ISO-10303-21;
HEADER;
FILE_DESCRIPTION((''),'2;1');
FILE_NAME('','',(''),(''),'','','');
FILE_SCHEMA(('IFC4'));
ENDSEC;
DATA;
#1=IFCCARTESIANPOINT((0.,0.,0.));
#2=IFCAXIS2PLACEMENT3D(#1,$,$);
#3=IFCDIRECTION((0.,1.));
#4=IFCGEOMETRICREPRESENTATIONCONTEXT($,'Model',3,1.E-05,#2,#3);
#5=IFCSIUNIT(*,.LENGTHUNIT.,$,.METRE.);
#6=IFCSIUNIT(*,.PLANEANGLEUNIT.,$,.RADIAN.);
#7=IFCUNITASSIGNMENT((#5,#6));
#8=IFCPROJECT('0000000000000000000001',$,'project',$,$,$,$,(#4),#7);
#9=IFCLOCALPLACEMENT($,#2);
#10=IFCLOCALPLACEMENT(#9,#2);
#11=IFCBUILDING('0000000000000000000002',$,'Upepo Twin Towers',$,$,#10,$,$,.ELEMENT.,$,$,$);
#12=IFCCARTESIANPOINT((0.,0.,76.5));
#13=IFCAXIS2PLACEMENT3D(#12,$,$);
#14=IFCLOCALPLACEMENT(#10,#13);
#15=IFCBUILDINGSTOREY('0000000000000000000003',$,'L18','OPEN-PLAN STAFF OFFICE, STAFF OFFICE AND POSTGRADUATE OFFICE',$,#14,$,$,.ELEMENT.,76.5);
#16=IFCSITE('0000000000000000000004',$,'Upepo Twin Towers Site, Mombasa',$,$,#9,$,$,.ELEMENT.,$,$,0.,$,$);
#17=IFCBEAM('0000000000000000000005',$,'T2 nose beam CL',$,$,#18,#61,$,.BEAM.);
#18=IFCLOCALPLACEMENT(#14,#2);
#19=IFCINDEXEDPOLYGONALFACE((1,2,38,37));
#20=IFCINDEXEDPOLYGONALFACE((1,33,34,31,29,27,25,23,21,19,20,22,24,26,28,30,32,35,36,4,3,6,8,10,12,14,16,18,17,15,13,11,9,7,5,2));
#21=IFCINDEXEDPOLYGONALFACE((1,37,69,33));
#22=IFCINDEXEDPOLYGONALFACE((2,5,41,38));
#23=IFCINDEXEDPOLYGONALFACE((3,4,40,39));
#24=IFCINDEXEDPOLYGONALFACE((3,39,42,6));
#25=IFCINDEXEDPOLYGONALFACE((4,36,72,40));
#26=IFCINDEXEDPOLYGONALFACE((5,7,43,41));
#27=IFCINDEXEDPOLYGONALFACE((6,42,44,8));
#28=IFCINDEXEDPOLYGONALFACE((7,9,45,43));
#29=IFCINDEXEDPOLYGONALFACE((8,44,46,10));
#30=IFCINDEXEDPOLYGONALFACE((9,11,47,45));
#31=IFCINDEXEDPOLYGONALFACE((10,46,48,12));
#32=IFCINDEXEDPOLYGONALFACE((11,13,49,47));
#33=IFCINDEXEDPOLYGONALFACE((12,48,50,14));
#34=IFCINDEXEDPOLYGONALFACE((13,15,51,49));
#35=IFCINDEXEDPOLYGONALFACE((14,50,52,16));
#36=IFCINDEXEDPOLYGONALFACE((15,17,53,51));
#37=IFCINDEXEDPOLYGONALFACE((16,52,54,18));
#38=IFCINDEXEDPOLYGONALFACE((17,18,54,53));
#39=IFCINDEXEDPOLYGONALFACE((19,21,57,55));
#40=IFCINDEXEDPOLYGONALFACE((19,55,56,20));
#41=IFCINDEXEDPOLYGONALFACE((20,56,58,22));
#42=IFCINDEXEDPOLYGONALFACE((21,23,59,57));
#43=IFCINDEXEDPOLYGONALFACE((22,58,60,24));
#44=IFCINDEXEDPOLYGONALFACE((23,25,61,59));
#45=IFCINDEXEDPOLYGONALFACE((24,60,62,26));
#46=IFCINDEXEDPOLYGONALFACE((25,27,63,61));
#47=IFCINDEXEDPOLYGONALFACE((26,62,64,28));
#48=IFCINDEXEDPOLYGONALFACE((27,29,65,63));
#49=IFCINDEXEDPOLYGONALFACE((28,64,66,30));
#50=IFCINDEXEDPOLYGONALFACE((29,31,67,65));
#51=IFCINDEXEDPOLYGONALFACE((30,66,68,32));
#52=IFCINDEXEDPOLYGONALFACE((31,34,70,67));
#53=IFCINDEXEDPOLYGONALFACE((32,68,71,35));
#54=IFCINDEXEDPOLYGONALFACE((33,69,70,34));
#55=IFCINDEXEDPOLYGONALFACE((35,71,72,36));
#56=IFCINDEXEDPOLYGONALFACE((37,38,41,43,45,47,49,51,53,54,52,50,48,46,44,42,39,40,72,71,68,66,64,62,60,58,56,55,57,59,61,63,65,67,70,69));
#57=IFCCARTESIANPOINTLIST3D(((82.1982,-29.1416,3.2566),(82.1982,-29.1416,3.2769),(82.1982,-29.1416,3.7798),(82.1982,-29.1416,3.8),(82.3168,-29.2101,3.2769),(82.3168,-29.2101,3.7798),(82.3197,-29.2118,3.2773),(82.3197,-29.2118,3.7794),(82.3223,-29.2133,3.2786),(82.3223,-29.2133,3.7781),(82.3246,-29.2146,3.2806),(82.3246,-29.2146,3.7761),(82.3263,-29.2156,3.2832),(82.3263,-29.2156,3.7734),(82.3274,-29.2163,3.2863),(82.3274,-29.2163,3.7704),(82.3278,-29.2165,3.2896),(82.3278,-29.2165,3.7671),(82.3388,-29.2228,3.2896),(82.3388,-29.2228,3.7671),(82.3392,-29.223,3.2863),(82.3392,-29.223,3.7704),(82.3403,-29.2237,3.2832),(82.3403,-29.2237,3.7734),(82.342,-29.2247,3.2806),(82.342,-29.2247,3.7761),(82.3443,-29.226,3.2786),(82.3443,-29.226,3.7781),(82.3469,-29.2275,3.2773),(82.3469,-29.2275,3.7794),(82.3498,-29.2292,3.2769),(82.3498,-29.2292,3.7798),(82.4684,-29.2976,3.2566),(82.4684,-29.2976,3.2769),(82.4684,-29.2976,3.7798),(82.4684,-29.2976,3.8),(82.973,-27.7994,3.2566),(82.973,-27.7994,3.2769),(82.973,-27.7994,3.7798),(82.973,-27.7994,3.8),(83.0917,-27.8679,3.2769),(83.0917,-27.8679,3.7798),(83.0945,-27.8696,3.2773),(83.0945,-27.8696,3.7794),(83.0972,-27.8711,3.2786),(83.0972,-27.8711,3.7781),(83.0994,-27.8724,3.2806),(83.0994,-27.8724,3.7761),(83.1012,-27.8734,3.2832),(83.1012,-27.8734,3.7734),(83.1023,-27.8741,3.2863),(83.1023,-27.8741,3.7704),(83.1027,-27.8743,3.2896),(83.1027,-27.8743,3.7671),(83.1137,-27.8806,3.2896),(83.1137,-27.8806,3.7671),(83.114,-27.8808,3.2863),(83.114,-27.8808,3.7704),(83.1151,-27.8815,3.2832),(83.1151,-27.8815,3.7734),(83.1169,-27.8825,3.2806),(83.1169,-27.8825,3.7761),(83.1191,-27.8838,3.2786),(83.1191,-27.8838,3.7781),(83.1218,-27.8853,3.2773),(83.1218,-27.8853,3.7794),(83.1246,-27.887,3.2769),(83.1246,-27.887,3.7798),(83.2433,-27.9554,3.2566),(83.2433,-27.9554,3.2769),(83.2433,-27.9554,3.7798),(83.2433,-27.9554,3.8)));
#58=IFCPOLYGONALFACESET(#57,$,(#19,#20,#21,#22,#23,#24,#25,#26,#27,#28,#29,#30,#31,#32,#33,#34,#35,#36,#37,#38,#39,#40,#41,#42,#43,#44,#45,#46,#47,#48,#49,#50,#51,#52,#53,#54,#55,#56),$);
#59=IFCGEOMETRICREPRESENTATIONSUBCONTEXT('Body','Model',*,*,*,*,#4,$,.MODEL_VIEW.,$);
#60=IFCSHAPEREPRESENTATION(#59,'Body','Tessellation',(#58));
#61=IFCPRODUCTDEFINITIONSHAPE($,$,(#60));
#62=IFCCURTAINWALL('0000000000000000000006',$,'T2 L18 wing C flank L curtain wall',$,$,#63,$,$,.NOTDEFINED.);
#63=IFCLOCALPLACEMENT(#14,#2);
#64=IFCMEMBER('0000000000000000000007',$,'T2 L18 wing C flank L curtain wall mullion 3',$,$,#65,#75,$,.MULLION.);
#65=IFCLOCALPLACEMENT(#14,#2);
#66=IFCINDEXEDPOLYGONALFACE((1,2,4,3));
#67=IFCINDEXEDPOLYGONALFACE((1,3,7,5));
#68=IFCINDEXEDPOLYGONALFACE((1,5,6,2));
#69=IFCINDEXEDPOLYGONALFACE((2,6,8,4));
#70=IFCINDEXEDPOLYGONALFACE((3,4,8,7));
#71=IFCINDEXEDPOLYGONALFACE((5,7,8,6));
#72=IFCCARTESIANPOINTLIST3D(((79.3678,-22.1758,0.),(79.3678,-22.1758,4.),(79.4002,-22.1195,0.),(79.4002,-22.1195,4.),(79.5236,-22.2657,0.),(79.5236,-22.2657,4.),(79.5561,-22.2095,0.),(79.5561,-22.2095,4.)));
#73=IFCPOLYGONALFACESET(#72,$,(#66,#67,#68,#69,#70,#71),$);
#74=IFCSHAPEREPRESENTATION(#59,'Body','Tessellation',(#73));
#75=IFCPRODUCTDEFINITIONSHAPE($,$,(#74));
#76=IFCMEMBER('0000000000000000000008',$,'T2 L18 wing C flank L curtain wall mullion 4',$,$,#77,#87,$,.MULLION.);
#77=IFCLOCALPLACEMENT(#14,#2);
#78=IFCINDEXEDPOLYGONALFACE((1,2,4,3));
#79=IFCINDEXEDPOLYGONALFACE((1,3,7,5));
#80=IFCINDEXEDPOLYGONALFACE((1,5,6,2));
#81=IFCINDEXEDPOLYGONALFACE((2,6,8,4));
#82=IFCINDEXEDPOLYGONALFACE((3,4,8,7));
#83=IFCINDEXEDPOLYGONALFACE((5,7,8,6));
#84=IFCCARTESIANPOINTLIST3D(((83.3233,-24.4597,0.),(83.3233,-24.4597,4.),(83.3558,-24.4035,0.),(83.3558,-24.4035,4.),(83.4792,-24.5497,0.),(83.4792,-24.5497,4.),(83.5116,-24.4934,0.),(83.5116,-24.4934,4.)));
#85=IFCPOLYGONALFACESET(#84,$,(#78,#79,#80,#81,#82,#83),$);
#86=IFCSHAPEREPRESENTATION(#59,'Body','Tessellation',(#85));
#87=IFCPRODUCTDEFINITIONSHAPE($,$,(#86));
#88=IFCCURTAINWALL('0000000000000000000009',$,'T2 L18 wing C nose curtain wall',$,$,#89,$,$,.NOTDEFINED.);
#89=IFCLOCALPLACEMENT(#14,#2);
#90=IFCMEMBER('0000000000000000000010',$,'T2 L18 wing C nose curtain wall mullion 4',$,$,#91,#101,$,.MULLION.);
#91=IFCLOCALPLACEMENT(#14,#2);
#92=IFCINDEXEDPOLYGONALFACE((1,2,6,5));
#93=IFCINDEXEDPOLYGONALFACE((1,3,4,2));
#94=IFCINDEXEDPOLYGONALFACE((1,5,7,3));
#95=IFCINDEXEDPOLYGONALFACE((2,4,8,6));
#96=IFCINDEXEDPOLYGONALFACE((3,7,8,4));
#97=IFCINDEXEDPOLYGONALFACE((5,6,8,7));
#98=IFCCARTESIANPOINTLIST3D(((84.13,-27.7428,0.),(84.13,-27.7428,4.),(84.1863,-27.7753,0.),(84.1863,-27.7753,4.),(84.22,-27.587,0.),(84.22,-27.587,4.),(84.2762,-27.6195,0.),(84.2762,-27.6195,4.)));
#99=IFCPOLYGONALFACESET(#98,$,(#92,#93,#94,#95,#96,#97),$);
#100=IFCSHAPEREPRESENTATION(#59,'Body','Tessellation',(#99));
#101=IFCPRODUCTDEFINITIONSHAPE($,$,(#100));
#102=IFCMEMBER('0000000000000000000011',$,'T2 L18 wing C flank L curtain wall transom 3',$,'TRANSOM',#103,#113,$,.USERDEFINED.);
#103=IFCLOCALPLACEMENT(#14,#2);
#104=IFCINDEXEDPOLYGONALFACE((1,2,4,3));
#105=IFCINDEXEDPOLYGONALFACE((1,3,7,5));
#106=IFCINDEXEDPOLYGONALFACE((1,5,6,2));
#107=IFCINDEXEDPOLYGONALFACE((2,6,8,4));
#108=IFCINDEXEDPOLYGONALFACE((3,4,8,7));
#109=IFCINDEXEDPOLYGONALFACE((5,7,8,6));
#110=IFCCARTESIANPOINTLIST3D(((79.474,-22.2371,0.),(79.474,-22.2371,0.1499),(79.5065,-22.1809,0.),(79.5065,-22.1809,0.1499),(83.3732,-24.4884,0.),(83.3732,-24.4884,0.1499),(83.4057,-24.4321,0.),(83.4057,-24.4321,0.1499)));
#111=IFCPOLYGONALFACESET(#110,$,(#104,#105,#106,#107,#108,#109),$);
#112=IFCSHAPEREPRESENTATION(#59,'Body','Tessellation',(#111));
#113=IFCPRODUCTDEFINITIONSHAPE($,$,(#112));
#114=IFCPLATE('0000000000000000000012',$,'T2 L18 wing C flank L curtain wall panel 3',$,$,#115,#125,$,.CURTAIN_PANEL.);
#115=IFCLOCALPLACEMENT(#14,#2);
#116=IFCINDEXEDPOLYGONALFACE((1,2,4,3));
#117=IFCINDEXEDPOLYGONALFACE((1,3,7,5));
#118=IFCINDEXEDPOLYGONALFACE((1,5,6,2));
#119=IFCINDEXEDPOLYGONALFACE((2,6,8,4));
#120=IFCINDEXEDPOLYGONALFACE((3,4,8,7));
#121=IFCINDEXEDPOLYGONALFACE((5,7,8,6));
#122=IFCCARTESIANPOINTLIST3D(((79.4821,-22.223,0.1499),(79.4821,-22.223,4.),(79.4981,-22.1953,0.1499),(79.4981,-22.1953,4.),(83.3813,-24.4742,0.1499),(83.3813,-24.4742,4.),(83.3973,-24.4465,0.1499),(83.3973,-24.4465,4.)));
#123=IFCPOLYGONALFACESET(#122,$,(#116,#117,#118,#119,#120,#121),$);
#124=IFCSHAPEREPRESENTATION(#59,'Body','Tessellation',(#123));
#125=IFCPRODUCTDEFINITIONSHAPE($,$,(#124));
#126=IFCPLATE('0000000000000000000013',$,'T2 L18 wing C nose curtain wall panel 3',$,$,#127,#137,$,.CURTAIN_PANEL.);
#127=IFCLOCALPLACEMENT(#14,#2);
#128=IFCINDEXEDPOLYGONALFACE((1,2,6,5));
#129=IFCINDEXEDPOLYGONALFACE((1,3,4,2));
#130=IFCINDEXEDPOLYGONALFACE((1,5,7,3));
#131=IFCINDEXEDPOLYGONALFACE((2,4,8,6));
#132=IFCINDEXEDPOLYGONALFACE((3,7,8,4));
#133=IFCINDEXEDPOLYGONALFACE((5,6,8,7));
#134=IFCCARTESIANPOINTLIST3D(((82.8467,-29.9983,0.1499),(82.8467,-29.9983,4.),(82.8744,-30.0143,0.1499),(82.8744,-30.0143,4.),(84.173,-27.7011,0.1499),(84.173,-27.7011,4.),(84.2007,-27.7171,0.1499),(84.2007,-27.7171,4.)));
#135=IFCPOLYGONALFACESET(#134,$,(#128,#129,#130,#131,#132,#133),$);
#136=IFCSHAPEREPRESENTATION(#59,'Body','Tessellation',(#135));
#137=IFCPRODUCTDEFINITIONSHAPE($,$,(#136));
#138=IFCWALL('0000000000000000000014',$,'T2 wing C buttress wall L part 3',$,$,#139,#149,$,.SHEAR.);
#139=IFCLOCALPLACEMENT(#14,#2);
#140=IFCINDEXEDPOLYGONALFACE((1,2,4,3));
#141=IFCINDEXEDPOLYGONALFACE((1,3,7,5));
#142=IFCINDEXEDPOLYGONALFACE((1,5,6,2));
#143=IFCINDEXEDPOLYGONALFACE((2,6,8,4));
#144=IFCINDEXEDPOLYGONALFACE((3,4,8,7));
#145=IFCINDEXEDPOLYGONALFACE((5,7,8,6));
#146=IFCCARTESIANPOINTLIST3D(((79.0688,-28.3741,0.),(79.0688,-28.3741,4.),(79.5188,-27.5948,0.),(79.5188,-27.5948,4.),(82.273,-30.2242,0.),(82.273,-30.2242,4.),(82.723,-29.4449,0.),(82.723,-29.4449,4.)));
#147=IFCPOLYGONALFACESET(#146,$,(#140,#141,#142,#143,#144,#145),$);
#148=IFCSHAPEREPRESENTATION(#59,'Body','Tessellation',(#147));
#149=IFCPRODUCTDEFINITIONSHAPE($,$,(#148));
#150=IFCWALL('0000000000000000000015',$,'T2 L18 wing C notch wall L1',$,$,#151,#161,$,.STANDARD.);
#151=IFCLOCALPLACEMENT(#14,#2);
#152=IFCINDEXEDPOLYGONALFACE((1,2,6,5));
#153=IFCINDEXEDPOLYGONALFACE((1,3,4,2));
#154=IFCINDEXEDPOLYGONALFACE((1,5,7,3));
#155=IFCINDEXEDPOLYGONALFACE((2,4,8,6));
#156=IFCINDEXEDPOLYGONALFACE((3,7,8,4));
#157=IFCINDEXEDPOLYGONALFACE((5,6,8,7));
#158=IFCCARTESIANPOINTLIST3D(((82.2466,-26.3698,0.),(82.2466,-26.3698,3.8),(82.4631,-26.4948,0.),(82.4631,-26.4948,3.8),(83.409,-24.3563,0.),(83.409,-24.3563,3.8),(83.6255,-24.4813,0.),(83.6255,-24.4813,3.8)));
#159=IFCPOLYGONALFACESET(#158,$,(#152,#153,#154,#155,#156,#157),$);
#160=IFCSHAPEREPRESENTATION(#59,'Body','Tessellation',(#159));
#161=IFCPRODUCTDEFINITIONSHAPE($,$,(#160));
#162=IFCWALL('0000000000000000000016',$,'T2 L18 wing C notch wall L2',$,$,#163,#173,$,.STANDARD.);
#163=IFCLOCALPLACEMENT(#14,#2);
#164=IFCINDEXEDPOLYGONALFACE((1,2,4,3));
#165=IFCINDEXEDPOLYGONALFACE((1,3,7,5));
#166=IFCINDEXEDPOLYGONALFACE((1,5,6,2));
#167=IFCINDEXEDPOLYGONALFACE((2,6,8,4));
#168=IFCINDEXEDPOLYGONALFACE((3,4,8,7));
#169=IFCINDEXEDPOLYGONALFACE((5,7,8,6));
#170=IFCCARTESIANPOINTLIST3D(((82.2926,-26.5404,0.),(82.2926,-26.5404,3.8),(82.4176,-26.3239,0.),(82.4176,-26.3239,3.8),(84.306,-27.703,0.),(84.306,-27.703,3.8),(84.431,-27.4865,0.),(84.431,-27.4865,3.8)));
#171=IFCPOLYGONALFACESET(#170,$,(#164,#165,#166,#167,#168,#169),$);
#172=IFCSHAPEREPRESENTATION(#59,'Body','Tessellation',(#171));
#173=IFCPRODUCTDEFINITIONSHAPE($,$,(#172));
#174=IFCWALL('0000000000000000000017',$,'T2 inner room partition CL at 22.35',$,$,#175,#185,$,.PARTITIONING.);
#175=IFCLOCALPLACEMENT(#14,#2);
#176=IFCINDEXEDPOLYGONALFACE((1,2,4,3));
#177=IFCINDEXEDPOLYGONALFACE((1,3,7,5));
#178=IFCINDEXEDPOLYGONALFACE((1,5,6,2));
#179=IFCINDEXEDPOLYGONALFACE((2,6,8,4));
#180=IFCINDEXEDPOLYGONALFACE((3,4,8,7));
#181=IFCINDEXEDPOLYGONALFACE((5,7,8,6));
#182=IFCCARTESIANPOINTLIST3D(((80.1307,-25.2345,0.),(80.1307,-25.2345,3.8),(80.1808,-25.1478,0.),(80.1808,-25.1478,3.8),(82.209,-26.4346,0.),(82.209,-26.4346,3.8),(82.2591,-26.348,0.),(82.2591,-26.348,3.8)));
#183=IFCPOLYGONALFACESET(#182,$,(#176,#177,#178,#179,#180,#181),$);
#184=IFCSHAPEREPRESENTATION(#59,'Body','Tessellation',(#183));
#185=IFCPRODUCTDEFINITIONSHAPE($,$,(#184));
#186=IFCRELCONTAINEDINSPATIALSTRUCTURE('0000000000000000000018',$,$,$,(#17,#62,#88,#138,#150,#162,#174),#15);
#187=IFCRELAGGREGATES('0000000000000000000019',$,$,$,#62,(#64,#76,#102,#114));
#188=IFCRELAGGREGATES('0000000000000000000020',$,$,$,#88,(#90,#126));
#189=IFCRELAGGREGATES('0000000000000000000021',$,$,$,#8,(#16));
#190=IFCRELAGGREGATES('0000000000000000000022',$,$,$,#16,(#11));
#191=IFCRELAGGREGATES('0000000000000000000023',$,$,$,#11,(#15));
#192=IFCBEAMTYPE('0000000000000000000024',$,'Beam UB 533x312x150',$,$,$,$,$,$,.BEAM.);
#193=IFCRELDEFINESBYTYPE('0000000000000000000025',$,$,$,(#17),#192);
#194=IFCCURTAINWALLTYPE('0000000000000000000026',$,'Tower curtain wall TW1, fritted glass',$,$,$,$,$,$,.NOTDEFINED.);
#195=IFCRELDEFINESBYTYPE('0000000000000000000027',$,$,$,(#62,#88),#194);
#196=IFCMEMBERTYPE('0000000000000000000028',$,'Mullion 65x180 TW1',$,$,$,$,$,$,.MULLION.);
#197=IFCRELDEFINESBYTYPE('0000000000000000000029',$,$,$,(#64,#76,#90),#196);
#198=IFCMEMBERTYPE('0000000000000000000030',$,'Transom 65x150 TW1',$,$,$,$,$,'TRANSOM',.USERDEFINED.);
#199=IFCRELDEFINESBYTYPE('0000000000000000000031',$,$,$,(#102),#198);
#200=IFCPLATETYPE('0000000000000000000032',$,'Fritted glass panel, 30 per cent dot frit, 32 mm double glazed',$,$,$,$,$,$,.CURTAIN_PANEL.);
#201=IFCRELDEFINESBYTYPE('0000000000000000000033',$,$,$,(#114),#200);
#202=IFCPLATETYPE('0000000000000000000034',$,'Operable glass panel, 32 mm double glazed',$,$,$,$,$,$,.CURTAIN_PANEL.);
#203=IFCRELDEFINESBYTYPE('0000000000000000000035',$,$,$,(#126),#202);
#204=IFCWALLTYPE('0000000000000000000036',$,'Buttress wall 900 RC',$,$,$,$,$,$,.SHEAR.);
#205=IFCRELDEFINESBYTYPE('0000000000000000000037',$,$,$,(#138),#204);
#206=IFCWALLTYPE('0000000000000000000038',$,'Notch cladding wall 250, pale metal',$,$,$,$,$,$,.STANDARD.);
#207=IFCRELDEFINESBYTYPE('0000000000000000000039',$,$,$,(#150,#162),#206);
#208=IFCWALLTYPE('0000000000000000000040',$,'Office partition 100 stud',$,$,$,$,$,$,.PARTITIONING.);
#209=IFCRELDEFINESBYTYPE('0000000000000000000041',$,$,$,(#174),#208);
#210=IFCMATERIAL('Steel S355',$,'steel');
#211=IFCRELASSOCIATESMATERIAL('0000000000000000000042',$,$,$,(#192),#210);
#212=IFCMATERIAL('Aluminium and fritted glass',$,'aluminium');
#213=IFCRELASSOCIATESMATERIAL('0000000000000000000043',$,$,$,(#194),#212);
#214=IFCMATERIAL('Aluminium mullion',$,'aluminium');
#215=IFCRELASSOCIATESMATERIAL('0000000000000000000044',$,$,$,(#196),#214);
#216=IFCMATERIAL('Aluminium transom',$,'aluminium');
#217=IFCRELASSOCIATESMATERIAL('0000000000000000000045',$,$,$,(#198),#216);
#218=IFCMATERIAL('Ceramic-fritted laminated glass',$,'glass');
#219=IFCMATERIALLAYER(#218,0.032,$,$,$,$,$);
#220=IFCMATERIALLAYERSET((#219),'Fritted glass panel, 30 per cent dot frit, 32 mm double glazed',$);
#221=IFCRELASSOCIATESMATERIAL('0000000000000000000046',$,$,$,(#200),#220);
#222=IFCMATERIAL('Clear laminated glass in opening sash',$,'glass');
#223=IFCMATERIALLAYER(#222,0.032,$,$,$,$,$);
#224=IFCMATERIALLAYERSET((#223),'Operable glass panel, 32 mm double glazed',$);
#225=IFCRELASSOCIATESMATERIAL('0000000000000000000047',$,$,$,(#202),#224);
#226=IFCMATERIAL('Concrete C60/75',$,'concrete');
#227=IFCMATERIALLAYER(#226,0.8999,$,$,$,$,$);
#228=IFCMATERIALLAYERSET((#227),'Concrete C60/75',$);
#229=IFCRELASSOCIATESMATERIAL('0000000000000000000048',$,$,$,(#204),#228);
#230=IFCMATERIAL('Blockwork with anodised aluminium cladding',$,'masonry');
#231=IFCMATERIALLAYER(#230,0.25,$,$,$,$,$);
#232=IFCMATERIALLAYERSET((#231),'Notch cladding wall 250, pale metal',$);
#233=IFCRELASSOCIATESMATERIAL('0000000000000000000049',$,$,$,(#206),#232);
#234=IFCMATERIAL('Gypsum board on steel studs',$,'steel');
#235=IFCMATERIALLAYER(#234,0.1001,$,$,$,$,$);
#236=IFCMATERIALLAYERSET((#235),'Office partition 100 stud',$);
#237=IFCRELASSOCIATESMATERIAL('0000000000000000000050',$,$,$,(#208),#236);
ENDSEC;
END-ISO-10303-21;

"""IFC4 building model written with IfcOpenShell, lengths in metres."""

from ifc_helpers import new_model, si_unit, direction, frame, frame_2d, origin, origin_2d, place, context, subcontext, project, spatial, rectangle, i_section, extrude, material, layer, layer_set, material_profile, profile_set, type_object, element, aggregate, save


model = new_model("IFC4")

# Units and contexts
model_context = context("Model", 3, precision=1e-05, world=origin(), true_north=direction((0.0, 1.0)))
body_context = subcontext(model_context, "Body", "Model", "MODEL_VIEW")
ifc_project = project(units=[si_unit("LENGTHUNIT", "METRE"), si_unit("PLANEANGLEUNIT", "RADIAN")], contexts=[model_context])

# Site, building, storey
site_placement = place(None, origin())
site = spatial("IfcSite", under=ifc_project, at=site_placement, Name="Upepo Twin Towers Site, Mombasa", CompositionType="ELEMENT", RefElevation=0.0)
building_placement = place(site_placement, origin())
building = spatial("IfcBuilding", under=site, at=building_placement, Name="Upepo Twin Towers", CompositionType="ELEMENT")
storey_placement = place(building_placement, frame((0.0, 0.0, 76.5)))
storey = spatial("IfcBuildingStorey", under=building, at=storey_placement, Name="L18", Description="OPEN-PLAN STAFF OFFICE, STAFF OFFICE AND POSTGRADUATE OFFICE", CompositionType="ELEMENT", Elevation=76.5)

# Beam
ifc_material_1 = material(Name="Steel S355", Category="steel")
ifc_material_profile_1 = material_profile(ifc_material_1, i_section(OverallWidth=0.312, OverallDepth=0.5435, WebThickness=0.0127, FlangeThickness=0.0203, FilletRadius=0.0127, at=origin_2d()), Name="UB 533x312x150")
ifc_profile_set_1 = profile_set([ifc_material_profile_1], Name="Steel S355")
beam_type_1 = type_object("IfcBeamType", Name="Beam UB 533x312x150", PredefinedType="BEAM", material=ifc_profile_set_1)
beam_1_placement = place(storey_placement, frame((83.1082, -27.8774, 3.5283), z_axis=(-0.499968, -0.866044, 0.0), x_axis=(0.866044, -0.499968, 0.0)))
element("IfcBeam", 1, at=beam_1_placement, inside=storey, type_object=beam_type_1, Name="T2 nose beam CL", PredefinedType="BEAM", context=body_context, shape_type="SweptSolid", body=[
    extrude(i_section(OverallWidth=0.312, OverallDepth=0.5435, WebThickness=0.0127, FlangeThickness=0.0203, FilletRadius=0.0127, at=origin_2d()), origin(), (0.0, 0.0, 1.0), 1.5498),
])

# Curtain wall, members
ifc_material_2 = material(Name="Aluminium and fritted glass", Category="aluminium")
curtain_wall_type = type_object("IfcCurtainWallType", Name="Tower curtain wall TW1, fritted glass", PredefinedType="NOTDEFINED", material=ifc_material_2)
curtain_wall_1_placement = place(storey_placement, origin())
curtain_wall_1 = element("IfcCurtainWall", 2, at=curtain_wall_1_placement, inside=storey, type_object=curtain_wall_type, Name="T2 L18 wing C flank L curtain wall", PredefinedType="NOTDEFINED")
ifc_material_3 = material(Name="Aluminium mullion", Category="aluminium")
ifc_material_profile_2 = material_profile(ifc_material_3, rectangle(XDim=0.0649, YDim=0.1799, at=origin_2d()), Name="MULLION 65x180")
ifc_profile_set_2 = profile_set([ifc_material_profile_2], Name="Aluminium mullion")
member_type_1 = type_object("IfcMemberType", Name="Mullion 65x180 TW1", PredefinedType="MULLION", material=ifc_profile_set_2)
member_1_placement = place(storey_placement, frame((79.4619, -22.1926, 0.0), z_axis=(0.0, 0.0, 1.0), x_axis=(0.5, 0.866025, 0.0)))
member_1 = element("IfcMember", 3, at=member_1_placement, type_object=member_type_1, Name="T2 L18 wing C flank L curtain wall mullion 3", PredefinedType="MULLION", context=body_context, shape_type="SweptSolid", body=[
    extrude(rectangle(XDim=0.0649, YDim=0.1799, at=origin_2d()), origin(), (0.0, 0.0, 1.0), 4.0),
])
member_2_placement = place(storey_placement, frame((83.4175, -24.4766, 0.0), z_axis=(0.0, 0.0, 1.0), x_axis=(0.5, 0.866025, 0.0)))
member_2 = element("IfcMember", 4, at=member_2_placement, type_object=member_type_1, Name="T2 L18 wing C flank L curtain wall mullion 4", PredefinedType="MULLION", context=body_context, shape_type="SweptSolid", body=[
    extrude(rectangle(XDim=0.0649, YDim=0.1799, at=origin_2d()), origin(), (0.0, 0.0, 1.0), 4.0),
])

# Curtain wall, member
curtain_wall_2_placement = place(storey_placement, origin())
curtain_wall_2 = element("IfcCurtainWall", 5, at=curtain_wall_2_placement, inside=storey, type_object=curtain_wall_type, Name="T2 L18 wing C nose curtain wall", PredefinedType="NOTDEFINED")
member_3_placement = place(storey_placement, frame((84.2031, -27.6812, 0.0), z_axis=(0.0, 0.0, 1.0), x_axis=(-0.866025, 0.5, 0.0)))
member_3 = element("IfcMember", 6, at=member_3_placement, type_object=member_type_1, Name="T2 L18 wing C nose curtain wall mullion 4", PredefinedType="MULLION", context=body_context, shape_type="SweptSolid", body=[
    extrude(rectangle(XDim=0.0649, YDim=0.1799, at=origin_2d()), origin(), (0.0, 0.0, 1.0), 4.0),
])

# Member
ifc_material_4 = material(Name="Aluminium transom", Category="aluminium")
ifc_material_profile_3 = material_profile(ifc_material_4, rectangle(XDim=0.0649, YDim=0.1499, at=origin_2d()), Name="TRANSOM 65x150")
ifc_profile_set_3 = profile_set([ifc_material_profile_3], Name="Aluminium transom")
member_type_2 = type_object("IfcMemberType", Name="Transom 65x150 TW1", ElementType="TRANSOM", PredefinedType="USERDEFINED", material=ifc_profile_set_3)
member_4_placement = place(storey_placement, frame((79.4902, -22.209, 0.075), z_axis=(0.866022, -0.500006, 0.0), x_axis=(0.500006, 0.866022, 0.0)))
member_4 = element("IfcMember", 7, at=member_4_placement, type_object=member_type_2, Name="T2 L18 wing C flank L curtain wall transom 3", ObjectType="TRANSOM", PredefinedType="USERDEFINED", context=body_context, shape_type="SweptSolid", body=[
    extrude(rectangle(XDim=0.0649, YDim=0.1499, at=origin_2d()), origin(), (0.0, 0.0, 1.0), 4.5024),
])

# Plates
ifc_material_5 = material(Name="Ceramic-fritted laminated glass", Category="glass")
ifc_layer_1 = layer(ifc_material_5, 0.032)
ifc_layer_set_1 = layer_set([ifc_layer_1], Name="Fritted glass panel, 30 per cent dot frit, 32 mm double glazed")
plate_type_1 = type_object("IfcPlateType", Name="Fritted glass panel, 30 per cent dot frit, 32 mm double glazed", PredefinedType="CURTAIN_PANEL", material=ifc_layer_set_1)
plate_1_placement = place(storey_placement, frame((81.4397, -23.3347, 0.1499), z_axis=(0.0, 0.0, 1.0), x_axis=(0.866025, -0.5, 0.0)))
plate_1 = element("IfcPlate", 8, at=plate_1_placement, type_object=plate_type_1, Name="T2 L18 wing C flank L curtain wall panel 3", PredefinedType="CURTAIN_PANEL", context=body_context, shape_type="SweptSolid", body=[
    extrude(rectangle(XDim=4.5024, YDim=0.032, at=origin_2d()), origin(), (0.0, 0.0, 1.0), 3.8501),
])
aggregate(curtain_wall_1, [member_1, member_2, member_4, plate_1])
ifc_material_6 = material(Name="Clear laminated glass in opening sash", Category="glass")
ifc_layer_2 = layer(ifc_material_6, 0.032)
ifc_layer_set_2 = layer_set([ifc_layer_2], Name="Operable glass panel, 32 mm double glazed")
plate_type_2 = type_object("IfcPlateType", Name="Operable glass panel, 32 mm double glazed", PredefinedType="CURTAIN_PANEL", material=ifc_layer_set_2)
plate_2_placement = place(storey_placement, frame((83.5237, -28.8577, 0.1499), z_axis=(0.0, 0.0, 1.0), x_axis=(0.5, 0.866025, 0.0)))
plate_2 = element("IfcPlate", 9, at=plate_2_placement, type_object=plate_type_2, Name="T2 L18 wing C nose curtain wall panel 3", PredefinedType="CURTAIN_PANEL", context=body_context, shape_type="SweptSolid", body=[
    extrude(rectangle(XDim=2.6526, YDim=0.032, at=origin_2d()), origin(), (0.0, 0.0, 1.0), 3.8501),
])
aggregate(curtain_wall_2, [member_3, plate_2])

# Walls
ifc_material_7 = material(Name="Concrete C60/75", Category="concrete")
ifc_layer_3 = layer(ifc_material_7, 0.8999)
ifc_layer_set_3 = layer_set([ifc_layer_3], Name="Concrete C60/75")
wall_type_1 = type_object("IfcWallType", Name="Buttress wall 900 RC", PredefinedType="SHEAR", material=ifc_layer_set_3)
wall_1_placement = place(storey_placement, frame((79.2937, -27.9844, 0.0), z_axis=(0.0, 0.0, 1.0), x_axis=(0.866001, -0.500042, 0.0)))
element("IfcWall", 10, at=wall_1_placement, inside=storey, type_object=wall_type_1, Name="T2 wing C buttress wall L part 3", PredefinedType="SHEAR", context=body_context, shape_type="SweptSolid", body=[
    extrude(rectangle(XDim=3.7, YDim=0.8999, at=frame_2d((1.8501, 0.0))), origin(), (0.0, 0.0, 1.0), 4.0),
])
ifc_material_8 = material(Name="Blockwork with anodised aluminium cladding", Category="masonry")
ifc_layer_4 = layer(ifc_material_8, 0.25)
ifc_layer_set_4 = layer_set([ifc_layer_4], Name="Notch cladding wall 250, pale metal")
wall_type_2 = type_object("IfcWallType", Name="Notch cladding wall 250, pale metal", PredefinedType="STANDARD", material=ifc_layer_set_4)
for number, where, z_axis, x_axis, name in (
    (11, (83.5173, -24.4187, 0.0), (0.0, 0.0, 1.0), (-0.499968, -0.866044, 0.0), "T2 L18 wing C notch wall L1"),
    (12, (82.355, -26.4321, 0.0), (0.0, 0.0, 1.0), (0.865998, -0.500047, 0.0), "T2 L18 wing C notch wall L2"),
):
    element("IfcWall", number, at=place(storey_placement, frame(where, z_axis=z_axis, x_axis=x_axis)), inside=storey, type_object=wall_type_2, Name=name, PredefinedType="STANDARD", context=body_context, shape_type="SweptSolid", body=[
        extrude(rectangle(XDim=2.325, YDim=0.25, at=frame_2d((1.1626, 0.0))), origin(), (0.0, 0.0, 1.0), 3.8),
    ])
ifc_material_9 = material(Name="Gypsum board on steel studs", Category="steel")
ifc_layer_5 = layer(ifc_material_9, 0.1001)
ifc_layer_set_5 = layer_set([ifc_layer_5], Name="Office partition 100 stud")
wall_type_3 = type_object("IfcWallType", Name="Office partition 100 stud", PredefinedType="PARTITIONING", material=ifc_layer_set_5)
wall_2_placement = place(storey_placement, frame((80.1558, -25.1912, 0.0), z_axis=(0.0, 0.0, 1.0), x_axis=(0.865981, -0.500078, 0.0)))
element("IfcWall", 13, at=wall_2_placement, inside=storey, type_object=wall_type_3, Name="T2 inner room partition CL at 22.35", PredefinedType="PARTITIONING", context=body_context, shape_type="SweptSolid", body=[
    extrude(rectangle(XDim=2.3999, YDim=0.1001, at=frame_2d((1.2, 0.0))), origin(), (0.0, 0.0, 1.0), 3.8),
])

save(model, "model.ifc")
